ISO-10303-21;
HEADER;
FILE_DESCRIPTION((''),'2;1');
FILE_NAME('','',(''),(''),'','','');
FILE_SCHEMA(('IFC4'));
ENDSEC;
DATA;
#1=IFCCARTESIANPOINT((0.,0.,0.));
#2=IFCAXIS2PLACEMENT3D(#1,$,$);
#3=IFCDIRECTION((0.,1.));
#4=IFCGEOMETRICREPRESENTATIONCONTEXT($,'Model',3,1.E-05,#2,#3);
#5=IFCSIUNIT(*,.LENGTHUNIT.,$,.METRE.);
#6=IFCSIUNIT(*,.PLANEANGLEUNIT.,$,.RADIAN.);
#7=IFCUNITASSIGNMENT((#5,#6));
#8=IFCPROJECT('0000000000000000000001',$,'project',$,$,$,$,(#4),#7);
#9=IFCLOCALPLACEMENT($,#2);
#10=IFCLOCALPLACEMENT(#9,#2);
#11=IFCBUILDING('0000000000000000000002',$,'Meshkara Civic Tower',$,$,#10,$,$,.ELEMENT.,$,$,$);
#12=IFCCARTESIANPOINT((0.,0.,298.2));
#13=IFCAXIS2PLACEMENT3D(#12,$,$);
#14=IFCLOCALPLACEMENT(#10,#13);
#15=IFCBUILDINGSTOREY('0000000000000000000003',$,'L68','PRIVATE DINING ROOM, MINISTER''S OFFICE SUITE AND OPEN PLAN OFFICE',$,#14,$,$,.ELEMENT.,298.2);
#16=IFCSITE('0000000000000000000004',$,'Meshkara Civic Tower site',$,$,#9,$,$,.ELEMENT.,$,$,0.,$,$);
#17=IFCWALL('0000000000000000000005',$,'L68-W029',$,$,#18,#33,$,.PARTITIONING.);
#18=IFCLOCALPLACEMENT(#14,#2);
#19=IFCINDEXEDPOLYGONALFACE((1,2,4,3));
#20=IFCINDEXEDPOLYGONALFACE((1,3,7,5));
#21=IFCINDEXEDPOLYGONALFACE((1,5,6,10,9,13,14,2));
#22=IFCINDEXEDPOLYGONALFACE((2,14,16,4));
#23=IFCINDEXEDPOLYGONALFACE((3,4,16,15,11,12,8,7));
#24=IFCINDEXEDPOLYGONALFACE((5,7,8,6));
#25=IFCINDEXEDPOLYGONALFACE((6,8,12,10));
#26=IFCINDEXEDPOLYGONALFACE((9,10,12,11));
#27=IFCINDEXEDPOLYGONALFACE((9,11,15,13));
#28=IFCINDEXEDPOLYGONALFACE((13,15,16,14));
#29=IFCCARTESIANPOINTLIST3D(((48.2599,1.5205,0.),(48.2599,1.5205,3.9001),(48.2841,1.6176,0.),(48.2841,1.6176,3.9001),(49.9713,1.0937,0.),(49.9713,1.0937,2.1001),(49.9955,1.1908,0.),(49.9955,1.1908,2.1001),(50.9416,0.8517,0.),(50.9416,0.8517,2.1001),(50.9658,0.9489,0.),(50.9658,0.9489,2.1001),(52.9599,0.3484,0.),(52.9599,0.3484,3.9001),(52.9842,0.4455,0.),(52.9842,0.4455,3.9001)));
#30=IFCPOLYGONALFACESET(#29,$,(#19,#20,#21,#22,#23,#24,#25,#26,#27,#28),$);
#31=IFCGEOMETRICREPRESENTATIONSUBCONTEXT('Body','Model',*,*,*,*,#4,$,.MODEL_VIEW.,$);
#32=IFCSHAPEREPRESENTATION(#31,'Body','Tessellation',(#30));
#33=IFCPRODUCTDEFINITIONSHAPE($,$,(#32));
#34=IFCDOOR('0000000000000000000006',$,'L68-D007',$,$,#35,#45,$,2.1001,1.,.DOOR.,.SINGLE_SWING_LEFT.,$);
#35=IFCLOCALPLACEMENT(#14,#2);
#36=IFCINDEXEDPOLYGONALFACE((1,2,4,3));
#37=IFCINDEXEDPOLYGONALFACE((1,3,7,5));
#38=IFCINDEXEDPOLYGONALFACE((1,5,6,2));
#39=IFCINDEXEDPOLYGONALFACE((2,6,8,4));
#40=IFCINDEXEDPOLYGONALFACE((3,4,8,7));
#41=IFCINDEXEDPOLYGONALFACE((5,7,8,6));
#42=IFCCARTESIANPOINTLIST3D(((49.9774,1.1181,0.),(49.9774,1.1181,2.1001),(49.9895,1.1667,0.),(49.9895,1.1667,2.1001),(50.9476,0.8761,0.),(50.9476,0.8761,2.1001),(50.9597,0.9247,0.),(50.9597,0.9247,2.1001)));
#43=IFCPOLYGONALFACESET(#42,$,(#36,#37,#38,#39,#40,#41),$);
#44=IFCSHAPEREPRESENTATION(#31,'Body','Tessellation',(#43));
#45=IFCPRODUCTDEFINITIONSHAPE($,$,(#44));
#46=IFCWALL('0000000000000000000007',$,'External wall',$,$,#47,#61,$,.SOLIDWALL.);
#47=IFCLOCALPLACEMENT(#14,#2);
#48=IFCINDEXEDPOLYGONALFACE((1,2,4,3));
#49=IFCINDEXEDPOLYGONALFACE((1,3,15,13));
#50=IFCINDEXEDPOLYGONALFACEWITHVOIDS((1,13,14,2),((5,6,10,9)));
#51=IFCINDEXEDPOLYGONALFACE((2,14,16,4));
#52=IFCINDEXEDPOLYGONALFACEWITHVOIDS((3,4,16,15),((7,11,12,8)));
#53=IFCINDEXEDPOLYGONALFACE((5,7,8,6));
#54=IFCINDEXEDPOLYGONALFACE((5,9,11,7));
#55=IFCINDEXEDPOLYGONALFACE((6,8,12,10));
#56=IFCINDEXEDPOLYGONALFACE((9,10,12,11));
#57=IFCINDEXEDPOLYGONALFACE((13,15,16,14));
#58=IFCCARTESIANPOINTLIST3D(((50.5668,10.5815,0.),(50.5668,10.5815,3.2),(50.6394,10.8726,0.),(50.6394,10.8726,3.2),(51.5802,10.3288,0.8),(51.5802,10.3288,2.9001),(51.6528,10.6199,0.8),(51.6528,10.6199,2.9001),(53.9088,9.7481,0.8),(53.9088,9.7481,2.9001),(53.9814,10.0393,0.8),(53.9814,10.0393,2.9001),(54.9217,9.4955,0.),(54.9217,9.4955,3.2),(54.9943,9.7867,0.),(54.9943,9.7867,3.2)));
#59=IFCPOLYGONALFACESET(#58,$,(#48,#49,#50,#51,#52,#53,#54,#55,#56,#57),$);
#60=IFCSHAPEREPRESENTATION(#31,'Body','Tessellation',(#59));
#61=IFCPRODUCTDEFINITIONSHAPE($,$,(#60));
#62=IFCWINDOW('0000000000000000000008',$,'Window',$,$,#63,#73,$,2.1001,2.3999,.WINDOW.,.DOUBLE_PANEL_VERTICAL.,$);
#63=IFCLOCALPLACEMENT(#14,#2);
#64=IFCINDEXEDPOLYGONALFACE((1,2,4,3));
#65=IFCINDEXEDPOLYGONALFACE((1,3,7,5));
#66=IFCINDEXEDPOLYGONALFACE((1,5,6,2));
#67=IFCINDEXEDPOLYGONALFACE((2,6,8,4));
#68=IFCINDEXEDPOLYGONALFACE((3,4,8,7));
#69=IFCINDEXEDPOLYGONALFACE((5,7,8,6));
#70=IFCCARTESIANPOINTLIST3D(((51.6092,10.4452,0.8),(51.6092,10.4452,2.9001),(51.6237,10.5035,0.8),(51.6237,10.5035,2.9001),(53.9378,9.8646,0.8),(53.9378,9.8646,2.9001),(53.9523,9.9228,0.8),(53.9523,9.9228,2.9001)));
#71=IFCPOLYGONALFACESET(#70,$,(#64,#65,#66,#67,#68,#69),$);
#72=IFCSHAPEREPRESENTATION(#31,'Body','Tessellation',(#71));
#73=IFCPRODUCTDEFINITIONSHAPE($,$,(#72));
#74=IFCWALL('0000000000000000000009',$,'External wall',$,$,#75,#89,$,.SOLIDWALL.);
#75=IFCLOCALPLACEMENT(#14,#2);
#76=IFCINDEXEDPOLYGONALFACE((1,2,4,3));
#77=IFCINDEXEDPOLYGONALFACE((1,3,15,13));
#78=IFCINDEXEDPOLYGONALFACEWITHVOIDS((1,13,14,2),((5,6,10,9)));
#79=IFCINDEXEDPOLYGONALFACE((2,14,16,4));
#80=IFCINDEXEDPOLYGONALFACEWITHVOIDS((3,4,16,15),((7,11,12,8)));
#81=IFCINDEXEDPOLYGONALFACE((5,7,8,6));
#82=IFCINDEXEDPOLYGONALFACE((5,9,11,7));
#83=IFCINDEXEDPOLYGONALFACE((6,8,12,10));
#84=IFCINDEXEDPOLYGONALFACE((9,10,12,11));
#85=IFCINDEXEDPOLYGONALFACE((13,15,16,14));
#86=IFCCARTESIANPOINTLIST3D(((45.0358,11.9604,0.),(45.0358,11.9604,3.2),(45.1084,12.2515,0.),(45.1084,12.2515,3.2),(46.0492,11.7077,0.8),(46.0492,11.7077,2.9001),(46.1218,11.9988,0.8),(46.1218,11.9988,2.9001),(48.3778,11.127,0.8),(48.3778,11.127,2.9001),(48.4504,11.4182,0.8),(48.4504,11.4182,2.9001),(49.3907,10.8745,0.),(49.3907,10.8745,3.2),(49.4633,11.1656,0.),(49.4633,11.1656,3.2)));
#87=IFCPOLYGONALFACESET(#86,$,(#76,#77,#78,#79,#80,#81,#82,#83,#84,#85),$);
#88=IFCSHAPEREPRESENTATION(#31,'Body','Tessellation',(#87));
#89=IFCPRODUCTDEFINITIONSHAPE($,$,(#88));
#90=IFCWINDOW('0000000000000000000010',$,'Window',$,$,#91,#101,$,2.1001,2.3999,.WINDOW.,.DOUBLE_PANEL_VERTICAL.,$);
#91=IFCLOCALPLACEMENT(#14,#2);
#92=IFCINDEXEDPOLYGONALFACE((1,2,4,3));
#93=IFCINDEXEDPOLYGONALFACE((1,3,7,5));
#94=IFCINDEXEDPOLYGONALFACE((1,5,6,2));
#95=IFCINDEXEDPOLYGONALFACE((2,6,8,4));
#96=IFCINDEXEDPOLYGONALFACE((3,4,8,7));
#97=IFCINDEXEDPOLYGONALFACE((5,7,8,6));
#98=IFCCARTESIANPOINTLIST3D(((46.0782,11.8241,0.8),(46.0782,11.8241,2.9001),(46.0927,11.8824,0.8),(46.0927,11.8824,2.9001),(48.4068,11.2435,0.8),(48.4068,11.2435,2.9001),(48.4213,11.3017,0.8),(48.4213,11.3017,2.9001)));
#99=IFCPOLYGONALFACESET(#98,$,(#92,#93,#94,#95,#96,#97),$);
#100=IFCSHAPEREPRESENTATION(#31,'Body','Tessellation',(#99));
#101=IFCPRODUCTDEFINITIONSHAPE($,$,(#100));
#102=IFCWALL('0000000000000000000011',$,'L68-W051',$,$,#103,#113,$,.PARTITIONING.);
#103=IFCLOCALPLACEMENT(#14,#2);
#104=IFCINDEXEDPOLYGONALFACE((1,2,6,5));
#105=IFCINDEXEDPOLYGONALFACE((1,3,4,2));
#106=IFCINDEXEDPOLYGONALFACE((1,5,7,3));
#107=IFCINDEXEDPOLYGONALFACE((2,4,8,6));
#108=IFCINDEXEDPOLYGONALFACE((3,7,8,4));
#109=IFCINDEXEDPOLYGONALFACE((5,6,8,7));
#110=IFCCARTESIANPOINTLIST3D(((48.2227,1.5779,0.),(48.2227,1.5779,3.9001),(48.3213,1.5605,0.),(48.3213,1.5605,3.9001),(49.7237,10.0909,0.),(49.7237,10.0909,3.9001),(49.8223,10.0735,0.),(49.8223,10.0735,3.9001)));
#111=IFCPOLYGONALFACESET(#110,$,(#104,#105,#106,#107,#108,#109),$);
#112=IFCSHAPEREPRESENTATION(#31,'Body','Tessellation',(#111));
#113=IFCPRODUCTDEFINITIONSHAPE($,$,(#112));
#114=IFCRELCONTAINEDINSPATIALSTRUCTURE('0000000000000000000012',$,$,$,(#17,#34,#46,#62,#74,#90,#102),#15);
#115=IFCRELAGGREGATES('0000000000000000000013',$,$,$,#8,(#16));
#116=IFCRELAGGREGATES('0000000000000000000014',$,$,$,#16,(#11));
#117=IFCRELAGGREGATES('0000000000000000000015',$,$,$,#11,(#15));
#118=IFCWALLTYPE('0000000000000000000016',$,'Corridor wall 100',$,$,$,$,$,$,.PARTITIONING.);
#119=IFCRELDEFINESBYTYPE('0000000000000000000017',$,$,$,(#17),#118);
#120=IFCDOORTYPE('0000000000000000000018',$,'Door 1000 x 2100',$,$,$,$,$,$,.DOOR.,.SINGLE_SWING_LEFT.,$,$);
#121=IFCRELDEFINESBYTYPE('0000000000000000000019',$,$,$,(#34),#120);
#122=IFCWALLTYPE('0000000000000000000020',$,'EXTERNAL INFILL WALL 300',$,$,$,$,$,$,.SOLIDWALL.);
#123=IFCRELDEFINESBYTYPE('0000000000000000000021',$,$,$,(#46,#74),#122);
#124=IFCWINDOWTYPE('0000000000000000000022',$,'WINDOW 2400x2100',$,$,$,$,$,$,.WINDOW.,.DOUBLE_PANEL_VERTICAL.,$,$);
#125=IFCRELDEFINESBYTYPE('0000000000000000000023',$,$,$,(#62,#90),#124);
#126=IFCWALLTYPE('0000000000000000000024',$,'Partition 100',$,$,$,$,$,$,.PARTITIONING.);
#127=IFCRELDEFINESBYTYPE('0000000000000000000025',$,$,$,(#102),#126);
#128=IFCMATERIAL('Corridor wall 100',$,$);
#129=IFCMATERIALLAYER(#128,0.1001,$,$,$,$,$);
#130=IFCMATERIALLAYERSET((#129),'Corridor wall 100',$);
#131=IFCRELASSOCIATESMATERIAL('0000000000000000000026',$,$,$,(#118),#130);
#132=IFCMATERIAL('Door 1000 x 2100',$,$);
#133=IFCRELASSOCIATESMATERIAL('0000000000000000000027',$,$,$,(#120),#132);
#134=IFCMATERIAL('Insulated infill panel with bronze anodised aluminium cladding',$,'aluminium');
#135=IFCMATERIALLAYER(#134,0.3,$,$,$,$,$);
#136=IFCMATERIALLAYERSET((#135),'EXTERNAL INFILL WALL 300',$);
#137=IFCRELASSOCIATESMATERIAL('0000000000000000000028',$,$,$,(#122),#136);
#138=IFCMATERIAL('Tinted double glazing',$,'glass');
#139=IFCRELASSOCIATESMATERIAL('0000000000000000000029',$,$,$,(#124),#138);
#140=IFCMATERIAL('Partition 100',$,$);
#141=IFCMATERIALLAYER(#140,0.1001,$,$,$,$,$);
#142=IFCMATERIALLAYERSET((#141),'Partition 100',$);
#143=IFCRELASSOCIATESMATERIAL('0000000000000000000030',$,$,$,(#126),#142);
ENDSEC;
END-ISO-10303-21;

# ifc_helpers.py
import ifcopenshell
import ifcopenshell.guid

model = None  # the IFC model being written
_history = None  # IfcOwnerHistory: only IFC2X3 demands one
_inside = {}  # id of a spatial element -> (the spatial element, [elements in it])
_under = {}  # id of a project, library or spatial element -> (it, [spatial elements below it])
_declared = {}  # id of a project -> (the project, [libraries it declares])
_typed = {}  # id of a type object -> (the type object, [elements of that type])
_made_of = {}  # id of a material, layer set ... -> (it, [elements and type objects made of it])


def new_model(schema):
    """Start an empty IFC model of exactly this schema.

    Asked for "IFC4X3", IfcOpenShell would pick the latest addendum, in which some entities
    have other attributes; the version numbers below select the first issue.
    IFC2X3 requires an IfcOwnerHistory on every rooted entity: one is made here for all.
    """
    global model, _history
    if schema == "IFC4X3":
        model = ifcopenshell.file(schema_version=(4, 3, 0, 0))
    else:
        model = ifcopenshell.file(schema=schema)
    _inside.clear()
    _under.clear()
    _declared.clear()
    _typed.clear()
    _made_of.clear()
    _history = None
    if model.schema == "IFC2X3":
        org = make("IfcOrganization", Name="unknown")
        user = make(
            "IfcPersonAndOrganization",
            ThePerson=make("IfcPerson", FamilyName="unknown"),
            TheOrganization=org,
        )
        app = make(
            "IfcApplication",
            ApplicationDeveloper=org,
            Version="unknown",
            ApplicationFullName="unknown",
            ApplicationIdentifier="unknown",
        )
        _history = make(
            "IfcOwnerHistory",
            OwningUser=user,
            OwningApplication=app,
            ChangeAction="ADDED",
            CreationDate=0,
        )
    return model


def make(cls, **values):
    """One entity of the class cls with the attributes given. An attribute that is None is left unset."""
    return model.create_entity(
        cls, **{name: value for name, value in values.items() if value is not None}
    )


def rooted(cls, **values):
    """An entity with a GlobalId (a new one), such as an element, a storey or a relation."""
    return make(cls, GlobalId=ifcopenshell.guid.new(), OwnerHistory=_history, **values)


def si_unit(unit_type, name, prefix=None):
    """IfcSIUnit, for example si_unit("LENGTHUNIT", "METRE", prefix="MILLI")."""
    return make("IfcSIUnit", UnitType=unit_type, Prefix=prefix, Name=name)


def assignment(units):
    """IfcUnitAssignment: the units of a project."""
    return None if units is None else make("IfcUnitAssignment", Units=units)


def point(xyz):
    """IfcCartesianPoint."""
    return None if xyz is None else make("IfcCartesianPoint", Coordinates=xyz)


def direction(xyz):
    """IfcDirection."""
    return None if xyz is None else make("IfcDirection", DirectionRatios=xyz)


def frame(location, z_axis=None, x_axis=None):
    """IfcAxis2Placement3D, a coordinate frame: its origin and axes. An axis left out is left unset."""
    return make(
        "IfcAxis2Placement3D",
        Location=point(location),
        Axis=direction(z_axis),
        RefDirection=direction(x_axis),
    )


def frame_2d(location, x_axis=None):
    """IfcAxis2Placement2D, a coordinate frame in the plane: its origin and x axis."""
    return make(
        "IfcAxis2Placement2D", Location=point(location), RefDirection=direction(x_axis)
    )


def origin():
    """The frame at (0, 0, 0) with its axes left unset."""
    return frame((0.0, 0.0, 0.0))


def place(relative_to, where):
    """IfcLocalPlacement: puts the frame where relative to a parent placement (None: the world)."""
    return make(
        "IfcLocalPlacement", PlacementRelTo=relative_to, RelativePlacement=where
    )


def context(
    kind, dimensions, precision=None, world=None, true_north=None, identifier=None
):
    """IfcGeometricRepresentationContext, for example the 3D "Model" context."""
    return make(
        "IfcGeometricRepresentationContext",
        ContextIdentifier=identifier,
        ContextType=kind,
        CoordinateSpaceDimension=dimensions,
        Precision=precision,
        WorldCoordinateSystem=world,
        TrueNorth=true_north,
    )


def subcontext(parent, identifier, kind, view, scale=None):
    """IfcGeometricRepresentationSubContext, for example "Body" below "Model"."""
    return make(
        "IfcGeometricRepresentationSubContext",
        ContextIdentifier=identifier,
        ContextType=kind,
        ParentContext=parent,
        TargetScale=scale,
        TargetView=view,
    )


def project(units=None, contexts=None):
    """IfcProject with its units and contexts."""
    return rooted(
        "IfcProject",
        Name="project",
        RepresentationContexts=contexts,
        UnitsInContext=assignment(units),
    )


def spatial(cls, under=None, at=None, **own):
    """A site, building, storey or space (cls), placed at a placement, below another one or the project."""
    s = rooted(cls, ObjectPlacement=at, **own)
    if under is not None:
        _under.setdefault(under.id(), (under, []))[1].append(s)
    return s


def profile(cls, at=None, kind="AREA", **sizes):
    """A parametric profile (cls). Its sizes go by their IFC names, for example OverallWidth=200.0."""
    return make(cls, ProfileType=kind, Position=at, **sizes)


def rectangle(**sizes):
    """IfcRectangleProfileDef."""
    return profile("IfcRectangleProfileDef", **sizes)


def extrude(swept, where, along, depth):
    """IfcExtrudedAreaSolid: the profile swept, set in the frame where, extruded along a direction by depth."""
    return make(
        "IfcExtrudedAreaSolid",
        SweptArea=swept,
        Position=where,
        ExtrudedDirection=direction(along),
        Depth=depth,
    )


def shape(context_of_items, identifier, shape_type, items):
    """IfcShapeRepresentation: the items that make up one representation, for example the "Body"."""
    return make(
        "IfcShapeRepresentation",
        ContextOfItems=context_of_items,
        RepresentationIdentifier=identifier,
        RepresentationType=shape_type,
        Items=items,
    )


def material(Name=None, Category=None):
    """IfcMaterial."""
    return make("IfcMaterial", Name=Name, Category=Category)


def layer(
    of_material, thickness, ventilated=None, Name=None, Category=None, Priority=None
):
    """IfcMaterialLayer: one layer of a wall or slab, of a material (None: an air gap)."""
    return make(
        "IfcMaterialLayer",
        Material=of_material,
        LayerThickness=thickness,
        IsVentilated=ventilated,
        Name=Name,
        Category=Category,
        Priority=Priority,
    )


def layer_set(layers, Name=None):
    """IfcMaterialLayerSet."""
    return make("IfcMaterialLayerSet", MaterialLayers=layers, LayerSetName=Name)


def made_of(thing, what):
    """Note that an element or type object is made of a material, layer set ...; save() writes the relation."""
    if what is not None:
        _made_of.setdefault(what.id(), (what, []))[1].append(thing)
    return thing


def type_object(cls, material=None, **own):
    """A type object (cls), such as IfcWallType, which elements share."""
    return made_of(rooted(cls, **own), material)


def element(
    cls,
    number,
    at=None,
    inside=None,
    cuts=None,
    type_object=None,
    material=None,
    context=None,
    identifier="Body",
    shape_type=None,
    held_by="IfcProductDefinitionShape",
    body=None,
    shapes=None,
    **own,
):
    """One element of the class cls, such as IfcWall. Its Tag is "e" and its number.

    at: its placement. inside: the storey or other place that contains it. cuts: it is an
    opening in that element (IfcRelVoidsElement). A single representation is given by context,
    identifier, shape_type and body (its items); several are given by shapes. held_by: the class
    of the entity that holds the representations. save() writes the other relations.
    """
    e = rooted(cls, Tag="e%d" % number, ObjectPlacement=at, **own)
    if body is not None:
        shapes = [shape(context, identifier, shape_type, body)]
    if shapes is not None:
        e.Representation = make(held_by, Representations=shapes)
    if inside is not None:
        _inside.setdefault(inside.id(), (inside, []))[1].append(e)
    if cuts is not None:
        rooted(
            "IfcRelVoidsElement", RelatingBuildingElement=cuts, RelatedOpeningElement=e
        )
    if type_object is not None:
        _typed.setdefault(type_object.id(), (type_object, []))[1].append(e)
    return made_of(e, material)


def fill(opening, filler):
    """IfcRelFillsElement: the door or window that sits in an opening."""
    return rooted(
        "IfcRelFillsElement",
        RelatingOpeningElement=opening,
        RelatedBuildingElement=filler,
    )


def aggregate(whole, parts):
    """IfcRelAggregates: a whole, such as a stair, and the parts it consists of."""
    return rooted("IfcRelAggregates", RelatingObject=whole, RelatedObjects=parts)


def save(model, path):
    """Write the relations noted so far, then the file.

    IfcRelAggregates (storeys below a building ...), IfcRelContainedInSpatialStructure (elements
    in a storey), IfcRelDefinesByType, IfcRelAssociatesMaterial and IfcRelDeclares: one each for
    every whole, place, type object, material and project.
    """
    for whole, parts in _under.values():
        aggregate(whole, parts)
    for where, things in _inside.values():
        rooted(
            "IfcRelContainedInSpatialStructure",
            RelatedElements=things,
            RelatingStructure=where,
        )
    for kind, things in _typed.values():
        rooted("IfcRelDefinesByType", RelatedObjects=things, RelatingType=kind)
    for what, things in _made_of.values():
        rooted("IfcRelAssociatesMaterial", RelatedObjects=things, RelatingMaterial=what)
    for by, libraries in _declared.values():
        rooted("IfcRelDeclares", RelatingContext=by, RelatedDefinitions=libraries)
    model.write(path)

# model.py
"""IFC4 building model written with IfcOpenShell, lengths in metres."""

from ifc_helpers import new_model, si_unit, direction, frame, frame_2d, origin, place, context, subcontext, project, spatial, rectangle, extrude, material, layer, layer_set, type_object, element, fill, save


model = new_model("IFC4")

# Units and contexts
model_context = context("Model", 3, precision=1e-05, world=origin(), true_north=direction((0.0, 1.0)))
body_context = subcontext(model_context, "Body", "Model", "MODEL_VIEW")
ifc_project = project(units=[si_unit("LENGTHUNIT", "METRE"), si_unit("PLANEANGLEUNIT", "RADIAN")], contexts=[model_context])

# Site, building, storey
site_placement = place(None, origin())
site = spatial("IfcSite", under=ifc_project, at=site_placement, Name="Meshkara Civic Tower site", CompositionType="ELEMENT", RefElevation=0.0)
building_placement = place(site_placement, origin())
building = spatial("IfcBuilding", under=site, at=building_placement, Name="Meshkara Civic Tower", CompositionType="ELEMENT")
storey_placement = place(building_placement, frame((0.0, 0.0, 298.2)))
storey = spatial("IfcBuildingStorey", under=building, at=storey_placement, Name="L68", Description="PRIVATE DINING ROOM, MINISTER'S OFFICE SUITE AND OPEN PLAN OFFICE", CompositionType="ELEMENT", Elevation=298.2)

# Shared definitions
ifc_material_1 = material(Name="Corridor wall 100")
ifc_layer_1 = layer(ifc_material_1, 0.1001)
ifc_layer_set_1 = layer_set([ifc_layer_1], Name="Corridor wall 100")
wall_type_1 = type_object("IfcWallType", Name="Corridor wall 100", PredefinedType="PARTITIONING", material=ifc_layer_set_1)

# Wall, opening, door
wall_1_placement = place(storey_placement, frame((52.9719, 0.397, 0.0), z_axis=(0.0, 0.0, 1.0), x_axis=(-0.970282, 0.241978, 0.0)))
wall_1 = element("IfcWall", 1, at=wall_1_placement, inside=storey, type_object=wall_type_1, Name="L68-W029", PredefinedType="PARTITIONING", context=body_context, shape_type="SweptSolid", body=[
    extrude(rectangle(XDim=4.844, YDim=0.1001, at=frame_2d((2.4219, 0.0))), origin(), (0.0, 0.0, 1.0), 3.9001),
])
opening_1_placement = place(wall_1_placement, frame((2.0801, 0.0, 0.0)))
opening_1 = element("IfcOpeningElement", 2, at=opening_1_placement, cuts=wall_1, PredefinedType="OPENING", context=body_context, shape_type="SweptSolid", body=[
    extrude(rectangle(XDim=1.0, YDim=2.1001, at=frame_2d((0.5, 1.05))), frame((0.0, 0.0601, 0.0), z_axis=(0.0, -1.0, 0.0), x_axis=(1.0, 0.0, 0.0)), (0.0, 0.0, 1.0), 0.1201),
])
ifc_material_2 = material(Name="Door 1000 x 2100")
door_type_1 = type_object("IfcDoorType", Name="Door 1000 x 2100", OperationType="SINGLE_SWING_LEFT", PredefinedType="DOOR", material=ifc_material_2)
door_1_placement = place(opening_1_placement, origin())
door_1 = element("IfcDoor", 3, at=door_1_placement, inside=storey, type_object=door_type_1, Name="L68-D007", OperationType="SINGLE_SWING_LEFT", OverallHeight=2.1001, OverallWidth=1.0, PredefinedType="DOOR", context=body_context, shape_type="SweptSolid", body=[
    extrude(rectangle(XDim=1.0, YDim=2.1001, at=frame_2d((0.5, 1.05))), frame((0.0, 0.0249, 0.0), z_axis=(0.0, -1.0, 0.0), x_axis=(1.0, 0.0, 0.0)), (0.0, 0.0, 1.0), 0.05),
])
fill(opening_1, door_1)

# Walls, openings, windows
ifc_material_3 = material(Name="Insulated infill panel with bronze anodised aluminium cladding", Category="aluminium")
ifc_layer_2 = layer(ifc_material_3, 0.3)
ifc_layer_set_2 = layer_set([ifc_layer_2], Name="EXTERNAL INFILL WALL 300")
wall_type_2 = type_object("IfcWallType", Name="EXTERNAL INFILL WALL 300", PredefinedType="SOLIDWALL", material=ifc_layer_set_2)
wall_2_placement = place(storey_placement, frame((54.958, 9.6411, 0.0), z_axis=(0.0, 0.0, 1.0), x_axis=(-0.97029, 0.241947, 0.0)))
wall_2 = element("IfcWall", 4, at=wall_2_placement, inside=storey, type_object=wall_type_2, Name="External wall", PredefinedType="SOLIDWALL", context=body_context, shape_type="SweptSolid", body=[
    extrude(rectangle(XDim=4.4883, YDim=0.3, at=frame_2d((2.2441, 0.0))), origin(), (0.0, 0.0, 1.0), 3.2),
])
opening_2_placement = place(wall_2_placement, frame((1.0439, 0.0, 0.8)))
opening_2 = element("IfcOpeningElement", 5, at=opening_2_placement, cuts=wall_2, PredefinedType="OPENING", context=body_context, shape_type="SweptSolid", body=[
    extrude(rectangle(XDim=2.3999, YDim=2.1001, at=frame_2d((1.2, 1.05))), frame((0.0, 0.1599, 0.0), z_axis=(0.0, -1.0, 0.0), x_axis=(1.0, 0.0, 0.0)), (0.0, 0.0, 1.0), 0.3201),
])
ifc_material_4 = material(Name="Tinted double glazing", Category="glass")
window_type = type_object("IfcWindowType", Name="WINDOW 2400x2100", PartitioningType="DOUBLE_PANEL_VERTICAL", PredefinedType="WINDOW", material=ifc_material_4)
window_1_placement = place(opening_2_placement, origin())
window_1 = element("IfcWindow", 6, at=window_1_placement, inside=storey, type_object=window_type, Name="Window", OverallHeight=2.1001, OverallWidth=2.3999, PartitioningType="DOUBLE_PANEL_VERTICAL", PredefinedType="WINDOW", context=body_context, shape_type="SweptSolid", body=[
    extrude(rectangle(XDim=2.3999, YDim=2.1001, at=frame_2d((1.2, 1.05))), frame((0.0, 0.03, 0.0), z_axis=(0.0, -1.0, 0.0), x_axis=(1.0, 0.0, 0.0)), (0.0, 0.0, 1.0), 0.0601),
])
fill(opening_2, window_1)
wall_3_placement = place(storey_placement, frame((49.427, 11.02, 0.0), z_axis=(0.0, 0.0, 1.0), x_axis=(-0.97029, 0.241947, 0.0)))
wall_3 = element("IfcWall", 7, at=wall_3_placement, inside=storey, type_object=wall_type_2, Name="External wall", PredefinedType="SOLIDWALL", context=body_context, shape_type="SweptSolid", body=[
    extrude(rectangle(XDim=4.4883, YDim=0.3, at=frame_2d((2.2441, 0.0))), origin(), (0.0, 0.0, 1.0), 3.2),
])
opening_3_placement = place(wall_3_placement, frame((1.0439, 0.0, 0.8)))
opening_3 = element("IfcOpeningElement", 8, at=opening_3_placement, cuts=wall_3, PredefinedType="OPENING", context=body_context, shape_type="SweptSolid", body=[
    extrude(rectangle(XDim=2.3999, YDim=2.1001, at=frame_2d((1.2, 1.05))), frame((0.0, 0.1599, 0.0), z_axis=(0.0, -1.0, 0.0), x_axis=(1.0, 0.0, 0.0)), (0.0, 0.0, 1.0), 0.3201),
])
window_2_placement = place(opening_3_placement, origin())
window_2 = element("IfcWindow", 9, at=window_2_placement, inside=storey, type_object=window_type, Name="Window", OverallHeight=2.1001, OverallWidth=2.3999, PartitioningType="DOUBLE_PANEL_VERTICAL", PredefinedType="WINDOW", context=body_context, shape_type="SweptSolid", body=[
    extrude(rectangle(XDim=2.3999, YDim=2.1001, at=frame_2d((1.2, 1.05))), frame((0.0, 0.03, 0.0), z_axis=(0.0, -1.0, 0.0), x_axis=(1.0, 0.0, 0.0)), (0.0, 0.0, 1.0), 0.0601),
])
fill(opening_3, window_2)

# Wall
ifc_material_5 = material(Name="Partition 100")
ifc_layer_3 = layer(ifc_material_5, 0.1001)
ifc_layer_set_3 = layer_set([ifc_layer_3], Name="Partition 100")
wall_type_3 = type_object("IfcWallType", Name="Partition 100", PredefinedType="PARTITIONING", material=ifc_layer_set_3)
wall_4_placement = place(storey_placement, frame((48.272, 1.5691, 0.0), z_axis=(0.0, 0.0, 1.0), x_axis=(0.173639, 0.984809, 0.0)))
element("IfcWall", 10, at=wall_4_placement, inside=storey, type_object=wall_type_3, Name="L68-W051", PredefinedType="PARTITIONING", context=body_context, shape_type="SweptSolid", body=[
    extrude(rectangle(XDim=8.6443, YDim=0.1001, at=frame_2d((4.3223, 0.0))), origin(), (0.0, 0.0, 1.0), 3.9001),
])

save(model, "model.ifc")
